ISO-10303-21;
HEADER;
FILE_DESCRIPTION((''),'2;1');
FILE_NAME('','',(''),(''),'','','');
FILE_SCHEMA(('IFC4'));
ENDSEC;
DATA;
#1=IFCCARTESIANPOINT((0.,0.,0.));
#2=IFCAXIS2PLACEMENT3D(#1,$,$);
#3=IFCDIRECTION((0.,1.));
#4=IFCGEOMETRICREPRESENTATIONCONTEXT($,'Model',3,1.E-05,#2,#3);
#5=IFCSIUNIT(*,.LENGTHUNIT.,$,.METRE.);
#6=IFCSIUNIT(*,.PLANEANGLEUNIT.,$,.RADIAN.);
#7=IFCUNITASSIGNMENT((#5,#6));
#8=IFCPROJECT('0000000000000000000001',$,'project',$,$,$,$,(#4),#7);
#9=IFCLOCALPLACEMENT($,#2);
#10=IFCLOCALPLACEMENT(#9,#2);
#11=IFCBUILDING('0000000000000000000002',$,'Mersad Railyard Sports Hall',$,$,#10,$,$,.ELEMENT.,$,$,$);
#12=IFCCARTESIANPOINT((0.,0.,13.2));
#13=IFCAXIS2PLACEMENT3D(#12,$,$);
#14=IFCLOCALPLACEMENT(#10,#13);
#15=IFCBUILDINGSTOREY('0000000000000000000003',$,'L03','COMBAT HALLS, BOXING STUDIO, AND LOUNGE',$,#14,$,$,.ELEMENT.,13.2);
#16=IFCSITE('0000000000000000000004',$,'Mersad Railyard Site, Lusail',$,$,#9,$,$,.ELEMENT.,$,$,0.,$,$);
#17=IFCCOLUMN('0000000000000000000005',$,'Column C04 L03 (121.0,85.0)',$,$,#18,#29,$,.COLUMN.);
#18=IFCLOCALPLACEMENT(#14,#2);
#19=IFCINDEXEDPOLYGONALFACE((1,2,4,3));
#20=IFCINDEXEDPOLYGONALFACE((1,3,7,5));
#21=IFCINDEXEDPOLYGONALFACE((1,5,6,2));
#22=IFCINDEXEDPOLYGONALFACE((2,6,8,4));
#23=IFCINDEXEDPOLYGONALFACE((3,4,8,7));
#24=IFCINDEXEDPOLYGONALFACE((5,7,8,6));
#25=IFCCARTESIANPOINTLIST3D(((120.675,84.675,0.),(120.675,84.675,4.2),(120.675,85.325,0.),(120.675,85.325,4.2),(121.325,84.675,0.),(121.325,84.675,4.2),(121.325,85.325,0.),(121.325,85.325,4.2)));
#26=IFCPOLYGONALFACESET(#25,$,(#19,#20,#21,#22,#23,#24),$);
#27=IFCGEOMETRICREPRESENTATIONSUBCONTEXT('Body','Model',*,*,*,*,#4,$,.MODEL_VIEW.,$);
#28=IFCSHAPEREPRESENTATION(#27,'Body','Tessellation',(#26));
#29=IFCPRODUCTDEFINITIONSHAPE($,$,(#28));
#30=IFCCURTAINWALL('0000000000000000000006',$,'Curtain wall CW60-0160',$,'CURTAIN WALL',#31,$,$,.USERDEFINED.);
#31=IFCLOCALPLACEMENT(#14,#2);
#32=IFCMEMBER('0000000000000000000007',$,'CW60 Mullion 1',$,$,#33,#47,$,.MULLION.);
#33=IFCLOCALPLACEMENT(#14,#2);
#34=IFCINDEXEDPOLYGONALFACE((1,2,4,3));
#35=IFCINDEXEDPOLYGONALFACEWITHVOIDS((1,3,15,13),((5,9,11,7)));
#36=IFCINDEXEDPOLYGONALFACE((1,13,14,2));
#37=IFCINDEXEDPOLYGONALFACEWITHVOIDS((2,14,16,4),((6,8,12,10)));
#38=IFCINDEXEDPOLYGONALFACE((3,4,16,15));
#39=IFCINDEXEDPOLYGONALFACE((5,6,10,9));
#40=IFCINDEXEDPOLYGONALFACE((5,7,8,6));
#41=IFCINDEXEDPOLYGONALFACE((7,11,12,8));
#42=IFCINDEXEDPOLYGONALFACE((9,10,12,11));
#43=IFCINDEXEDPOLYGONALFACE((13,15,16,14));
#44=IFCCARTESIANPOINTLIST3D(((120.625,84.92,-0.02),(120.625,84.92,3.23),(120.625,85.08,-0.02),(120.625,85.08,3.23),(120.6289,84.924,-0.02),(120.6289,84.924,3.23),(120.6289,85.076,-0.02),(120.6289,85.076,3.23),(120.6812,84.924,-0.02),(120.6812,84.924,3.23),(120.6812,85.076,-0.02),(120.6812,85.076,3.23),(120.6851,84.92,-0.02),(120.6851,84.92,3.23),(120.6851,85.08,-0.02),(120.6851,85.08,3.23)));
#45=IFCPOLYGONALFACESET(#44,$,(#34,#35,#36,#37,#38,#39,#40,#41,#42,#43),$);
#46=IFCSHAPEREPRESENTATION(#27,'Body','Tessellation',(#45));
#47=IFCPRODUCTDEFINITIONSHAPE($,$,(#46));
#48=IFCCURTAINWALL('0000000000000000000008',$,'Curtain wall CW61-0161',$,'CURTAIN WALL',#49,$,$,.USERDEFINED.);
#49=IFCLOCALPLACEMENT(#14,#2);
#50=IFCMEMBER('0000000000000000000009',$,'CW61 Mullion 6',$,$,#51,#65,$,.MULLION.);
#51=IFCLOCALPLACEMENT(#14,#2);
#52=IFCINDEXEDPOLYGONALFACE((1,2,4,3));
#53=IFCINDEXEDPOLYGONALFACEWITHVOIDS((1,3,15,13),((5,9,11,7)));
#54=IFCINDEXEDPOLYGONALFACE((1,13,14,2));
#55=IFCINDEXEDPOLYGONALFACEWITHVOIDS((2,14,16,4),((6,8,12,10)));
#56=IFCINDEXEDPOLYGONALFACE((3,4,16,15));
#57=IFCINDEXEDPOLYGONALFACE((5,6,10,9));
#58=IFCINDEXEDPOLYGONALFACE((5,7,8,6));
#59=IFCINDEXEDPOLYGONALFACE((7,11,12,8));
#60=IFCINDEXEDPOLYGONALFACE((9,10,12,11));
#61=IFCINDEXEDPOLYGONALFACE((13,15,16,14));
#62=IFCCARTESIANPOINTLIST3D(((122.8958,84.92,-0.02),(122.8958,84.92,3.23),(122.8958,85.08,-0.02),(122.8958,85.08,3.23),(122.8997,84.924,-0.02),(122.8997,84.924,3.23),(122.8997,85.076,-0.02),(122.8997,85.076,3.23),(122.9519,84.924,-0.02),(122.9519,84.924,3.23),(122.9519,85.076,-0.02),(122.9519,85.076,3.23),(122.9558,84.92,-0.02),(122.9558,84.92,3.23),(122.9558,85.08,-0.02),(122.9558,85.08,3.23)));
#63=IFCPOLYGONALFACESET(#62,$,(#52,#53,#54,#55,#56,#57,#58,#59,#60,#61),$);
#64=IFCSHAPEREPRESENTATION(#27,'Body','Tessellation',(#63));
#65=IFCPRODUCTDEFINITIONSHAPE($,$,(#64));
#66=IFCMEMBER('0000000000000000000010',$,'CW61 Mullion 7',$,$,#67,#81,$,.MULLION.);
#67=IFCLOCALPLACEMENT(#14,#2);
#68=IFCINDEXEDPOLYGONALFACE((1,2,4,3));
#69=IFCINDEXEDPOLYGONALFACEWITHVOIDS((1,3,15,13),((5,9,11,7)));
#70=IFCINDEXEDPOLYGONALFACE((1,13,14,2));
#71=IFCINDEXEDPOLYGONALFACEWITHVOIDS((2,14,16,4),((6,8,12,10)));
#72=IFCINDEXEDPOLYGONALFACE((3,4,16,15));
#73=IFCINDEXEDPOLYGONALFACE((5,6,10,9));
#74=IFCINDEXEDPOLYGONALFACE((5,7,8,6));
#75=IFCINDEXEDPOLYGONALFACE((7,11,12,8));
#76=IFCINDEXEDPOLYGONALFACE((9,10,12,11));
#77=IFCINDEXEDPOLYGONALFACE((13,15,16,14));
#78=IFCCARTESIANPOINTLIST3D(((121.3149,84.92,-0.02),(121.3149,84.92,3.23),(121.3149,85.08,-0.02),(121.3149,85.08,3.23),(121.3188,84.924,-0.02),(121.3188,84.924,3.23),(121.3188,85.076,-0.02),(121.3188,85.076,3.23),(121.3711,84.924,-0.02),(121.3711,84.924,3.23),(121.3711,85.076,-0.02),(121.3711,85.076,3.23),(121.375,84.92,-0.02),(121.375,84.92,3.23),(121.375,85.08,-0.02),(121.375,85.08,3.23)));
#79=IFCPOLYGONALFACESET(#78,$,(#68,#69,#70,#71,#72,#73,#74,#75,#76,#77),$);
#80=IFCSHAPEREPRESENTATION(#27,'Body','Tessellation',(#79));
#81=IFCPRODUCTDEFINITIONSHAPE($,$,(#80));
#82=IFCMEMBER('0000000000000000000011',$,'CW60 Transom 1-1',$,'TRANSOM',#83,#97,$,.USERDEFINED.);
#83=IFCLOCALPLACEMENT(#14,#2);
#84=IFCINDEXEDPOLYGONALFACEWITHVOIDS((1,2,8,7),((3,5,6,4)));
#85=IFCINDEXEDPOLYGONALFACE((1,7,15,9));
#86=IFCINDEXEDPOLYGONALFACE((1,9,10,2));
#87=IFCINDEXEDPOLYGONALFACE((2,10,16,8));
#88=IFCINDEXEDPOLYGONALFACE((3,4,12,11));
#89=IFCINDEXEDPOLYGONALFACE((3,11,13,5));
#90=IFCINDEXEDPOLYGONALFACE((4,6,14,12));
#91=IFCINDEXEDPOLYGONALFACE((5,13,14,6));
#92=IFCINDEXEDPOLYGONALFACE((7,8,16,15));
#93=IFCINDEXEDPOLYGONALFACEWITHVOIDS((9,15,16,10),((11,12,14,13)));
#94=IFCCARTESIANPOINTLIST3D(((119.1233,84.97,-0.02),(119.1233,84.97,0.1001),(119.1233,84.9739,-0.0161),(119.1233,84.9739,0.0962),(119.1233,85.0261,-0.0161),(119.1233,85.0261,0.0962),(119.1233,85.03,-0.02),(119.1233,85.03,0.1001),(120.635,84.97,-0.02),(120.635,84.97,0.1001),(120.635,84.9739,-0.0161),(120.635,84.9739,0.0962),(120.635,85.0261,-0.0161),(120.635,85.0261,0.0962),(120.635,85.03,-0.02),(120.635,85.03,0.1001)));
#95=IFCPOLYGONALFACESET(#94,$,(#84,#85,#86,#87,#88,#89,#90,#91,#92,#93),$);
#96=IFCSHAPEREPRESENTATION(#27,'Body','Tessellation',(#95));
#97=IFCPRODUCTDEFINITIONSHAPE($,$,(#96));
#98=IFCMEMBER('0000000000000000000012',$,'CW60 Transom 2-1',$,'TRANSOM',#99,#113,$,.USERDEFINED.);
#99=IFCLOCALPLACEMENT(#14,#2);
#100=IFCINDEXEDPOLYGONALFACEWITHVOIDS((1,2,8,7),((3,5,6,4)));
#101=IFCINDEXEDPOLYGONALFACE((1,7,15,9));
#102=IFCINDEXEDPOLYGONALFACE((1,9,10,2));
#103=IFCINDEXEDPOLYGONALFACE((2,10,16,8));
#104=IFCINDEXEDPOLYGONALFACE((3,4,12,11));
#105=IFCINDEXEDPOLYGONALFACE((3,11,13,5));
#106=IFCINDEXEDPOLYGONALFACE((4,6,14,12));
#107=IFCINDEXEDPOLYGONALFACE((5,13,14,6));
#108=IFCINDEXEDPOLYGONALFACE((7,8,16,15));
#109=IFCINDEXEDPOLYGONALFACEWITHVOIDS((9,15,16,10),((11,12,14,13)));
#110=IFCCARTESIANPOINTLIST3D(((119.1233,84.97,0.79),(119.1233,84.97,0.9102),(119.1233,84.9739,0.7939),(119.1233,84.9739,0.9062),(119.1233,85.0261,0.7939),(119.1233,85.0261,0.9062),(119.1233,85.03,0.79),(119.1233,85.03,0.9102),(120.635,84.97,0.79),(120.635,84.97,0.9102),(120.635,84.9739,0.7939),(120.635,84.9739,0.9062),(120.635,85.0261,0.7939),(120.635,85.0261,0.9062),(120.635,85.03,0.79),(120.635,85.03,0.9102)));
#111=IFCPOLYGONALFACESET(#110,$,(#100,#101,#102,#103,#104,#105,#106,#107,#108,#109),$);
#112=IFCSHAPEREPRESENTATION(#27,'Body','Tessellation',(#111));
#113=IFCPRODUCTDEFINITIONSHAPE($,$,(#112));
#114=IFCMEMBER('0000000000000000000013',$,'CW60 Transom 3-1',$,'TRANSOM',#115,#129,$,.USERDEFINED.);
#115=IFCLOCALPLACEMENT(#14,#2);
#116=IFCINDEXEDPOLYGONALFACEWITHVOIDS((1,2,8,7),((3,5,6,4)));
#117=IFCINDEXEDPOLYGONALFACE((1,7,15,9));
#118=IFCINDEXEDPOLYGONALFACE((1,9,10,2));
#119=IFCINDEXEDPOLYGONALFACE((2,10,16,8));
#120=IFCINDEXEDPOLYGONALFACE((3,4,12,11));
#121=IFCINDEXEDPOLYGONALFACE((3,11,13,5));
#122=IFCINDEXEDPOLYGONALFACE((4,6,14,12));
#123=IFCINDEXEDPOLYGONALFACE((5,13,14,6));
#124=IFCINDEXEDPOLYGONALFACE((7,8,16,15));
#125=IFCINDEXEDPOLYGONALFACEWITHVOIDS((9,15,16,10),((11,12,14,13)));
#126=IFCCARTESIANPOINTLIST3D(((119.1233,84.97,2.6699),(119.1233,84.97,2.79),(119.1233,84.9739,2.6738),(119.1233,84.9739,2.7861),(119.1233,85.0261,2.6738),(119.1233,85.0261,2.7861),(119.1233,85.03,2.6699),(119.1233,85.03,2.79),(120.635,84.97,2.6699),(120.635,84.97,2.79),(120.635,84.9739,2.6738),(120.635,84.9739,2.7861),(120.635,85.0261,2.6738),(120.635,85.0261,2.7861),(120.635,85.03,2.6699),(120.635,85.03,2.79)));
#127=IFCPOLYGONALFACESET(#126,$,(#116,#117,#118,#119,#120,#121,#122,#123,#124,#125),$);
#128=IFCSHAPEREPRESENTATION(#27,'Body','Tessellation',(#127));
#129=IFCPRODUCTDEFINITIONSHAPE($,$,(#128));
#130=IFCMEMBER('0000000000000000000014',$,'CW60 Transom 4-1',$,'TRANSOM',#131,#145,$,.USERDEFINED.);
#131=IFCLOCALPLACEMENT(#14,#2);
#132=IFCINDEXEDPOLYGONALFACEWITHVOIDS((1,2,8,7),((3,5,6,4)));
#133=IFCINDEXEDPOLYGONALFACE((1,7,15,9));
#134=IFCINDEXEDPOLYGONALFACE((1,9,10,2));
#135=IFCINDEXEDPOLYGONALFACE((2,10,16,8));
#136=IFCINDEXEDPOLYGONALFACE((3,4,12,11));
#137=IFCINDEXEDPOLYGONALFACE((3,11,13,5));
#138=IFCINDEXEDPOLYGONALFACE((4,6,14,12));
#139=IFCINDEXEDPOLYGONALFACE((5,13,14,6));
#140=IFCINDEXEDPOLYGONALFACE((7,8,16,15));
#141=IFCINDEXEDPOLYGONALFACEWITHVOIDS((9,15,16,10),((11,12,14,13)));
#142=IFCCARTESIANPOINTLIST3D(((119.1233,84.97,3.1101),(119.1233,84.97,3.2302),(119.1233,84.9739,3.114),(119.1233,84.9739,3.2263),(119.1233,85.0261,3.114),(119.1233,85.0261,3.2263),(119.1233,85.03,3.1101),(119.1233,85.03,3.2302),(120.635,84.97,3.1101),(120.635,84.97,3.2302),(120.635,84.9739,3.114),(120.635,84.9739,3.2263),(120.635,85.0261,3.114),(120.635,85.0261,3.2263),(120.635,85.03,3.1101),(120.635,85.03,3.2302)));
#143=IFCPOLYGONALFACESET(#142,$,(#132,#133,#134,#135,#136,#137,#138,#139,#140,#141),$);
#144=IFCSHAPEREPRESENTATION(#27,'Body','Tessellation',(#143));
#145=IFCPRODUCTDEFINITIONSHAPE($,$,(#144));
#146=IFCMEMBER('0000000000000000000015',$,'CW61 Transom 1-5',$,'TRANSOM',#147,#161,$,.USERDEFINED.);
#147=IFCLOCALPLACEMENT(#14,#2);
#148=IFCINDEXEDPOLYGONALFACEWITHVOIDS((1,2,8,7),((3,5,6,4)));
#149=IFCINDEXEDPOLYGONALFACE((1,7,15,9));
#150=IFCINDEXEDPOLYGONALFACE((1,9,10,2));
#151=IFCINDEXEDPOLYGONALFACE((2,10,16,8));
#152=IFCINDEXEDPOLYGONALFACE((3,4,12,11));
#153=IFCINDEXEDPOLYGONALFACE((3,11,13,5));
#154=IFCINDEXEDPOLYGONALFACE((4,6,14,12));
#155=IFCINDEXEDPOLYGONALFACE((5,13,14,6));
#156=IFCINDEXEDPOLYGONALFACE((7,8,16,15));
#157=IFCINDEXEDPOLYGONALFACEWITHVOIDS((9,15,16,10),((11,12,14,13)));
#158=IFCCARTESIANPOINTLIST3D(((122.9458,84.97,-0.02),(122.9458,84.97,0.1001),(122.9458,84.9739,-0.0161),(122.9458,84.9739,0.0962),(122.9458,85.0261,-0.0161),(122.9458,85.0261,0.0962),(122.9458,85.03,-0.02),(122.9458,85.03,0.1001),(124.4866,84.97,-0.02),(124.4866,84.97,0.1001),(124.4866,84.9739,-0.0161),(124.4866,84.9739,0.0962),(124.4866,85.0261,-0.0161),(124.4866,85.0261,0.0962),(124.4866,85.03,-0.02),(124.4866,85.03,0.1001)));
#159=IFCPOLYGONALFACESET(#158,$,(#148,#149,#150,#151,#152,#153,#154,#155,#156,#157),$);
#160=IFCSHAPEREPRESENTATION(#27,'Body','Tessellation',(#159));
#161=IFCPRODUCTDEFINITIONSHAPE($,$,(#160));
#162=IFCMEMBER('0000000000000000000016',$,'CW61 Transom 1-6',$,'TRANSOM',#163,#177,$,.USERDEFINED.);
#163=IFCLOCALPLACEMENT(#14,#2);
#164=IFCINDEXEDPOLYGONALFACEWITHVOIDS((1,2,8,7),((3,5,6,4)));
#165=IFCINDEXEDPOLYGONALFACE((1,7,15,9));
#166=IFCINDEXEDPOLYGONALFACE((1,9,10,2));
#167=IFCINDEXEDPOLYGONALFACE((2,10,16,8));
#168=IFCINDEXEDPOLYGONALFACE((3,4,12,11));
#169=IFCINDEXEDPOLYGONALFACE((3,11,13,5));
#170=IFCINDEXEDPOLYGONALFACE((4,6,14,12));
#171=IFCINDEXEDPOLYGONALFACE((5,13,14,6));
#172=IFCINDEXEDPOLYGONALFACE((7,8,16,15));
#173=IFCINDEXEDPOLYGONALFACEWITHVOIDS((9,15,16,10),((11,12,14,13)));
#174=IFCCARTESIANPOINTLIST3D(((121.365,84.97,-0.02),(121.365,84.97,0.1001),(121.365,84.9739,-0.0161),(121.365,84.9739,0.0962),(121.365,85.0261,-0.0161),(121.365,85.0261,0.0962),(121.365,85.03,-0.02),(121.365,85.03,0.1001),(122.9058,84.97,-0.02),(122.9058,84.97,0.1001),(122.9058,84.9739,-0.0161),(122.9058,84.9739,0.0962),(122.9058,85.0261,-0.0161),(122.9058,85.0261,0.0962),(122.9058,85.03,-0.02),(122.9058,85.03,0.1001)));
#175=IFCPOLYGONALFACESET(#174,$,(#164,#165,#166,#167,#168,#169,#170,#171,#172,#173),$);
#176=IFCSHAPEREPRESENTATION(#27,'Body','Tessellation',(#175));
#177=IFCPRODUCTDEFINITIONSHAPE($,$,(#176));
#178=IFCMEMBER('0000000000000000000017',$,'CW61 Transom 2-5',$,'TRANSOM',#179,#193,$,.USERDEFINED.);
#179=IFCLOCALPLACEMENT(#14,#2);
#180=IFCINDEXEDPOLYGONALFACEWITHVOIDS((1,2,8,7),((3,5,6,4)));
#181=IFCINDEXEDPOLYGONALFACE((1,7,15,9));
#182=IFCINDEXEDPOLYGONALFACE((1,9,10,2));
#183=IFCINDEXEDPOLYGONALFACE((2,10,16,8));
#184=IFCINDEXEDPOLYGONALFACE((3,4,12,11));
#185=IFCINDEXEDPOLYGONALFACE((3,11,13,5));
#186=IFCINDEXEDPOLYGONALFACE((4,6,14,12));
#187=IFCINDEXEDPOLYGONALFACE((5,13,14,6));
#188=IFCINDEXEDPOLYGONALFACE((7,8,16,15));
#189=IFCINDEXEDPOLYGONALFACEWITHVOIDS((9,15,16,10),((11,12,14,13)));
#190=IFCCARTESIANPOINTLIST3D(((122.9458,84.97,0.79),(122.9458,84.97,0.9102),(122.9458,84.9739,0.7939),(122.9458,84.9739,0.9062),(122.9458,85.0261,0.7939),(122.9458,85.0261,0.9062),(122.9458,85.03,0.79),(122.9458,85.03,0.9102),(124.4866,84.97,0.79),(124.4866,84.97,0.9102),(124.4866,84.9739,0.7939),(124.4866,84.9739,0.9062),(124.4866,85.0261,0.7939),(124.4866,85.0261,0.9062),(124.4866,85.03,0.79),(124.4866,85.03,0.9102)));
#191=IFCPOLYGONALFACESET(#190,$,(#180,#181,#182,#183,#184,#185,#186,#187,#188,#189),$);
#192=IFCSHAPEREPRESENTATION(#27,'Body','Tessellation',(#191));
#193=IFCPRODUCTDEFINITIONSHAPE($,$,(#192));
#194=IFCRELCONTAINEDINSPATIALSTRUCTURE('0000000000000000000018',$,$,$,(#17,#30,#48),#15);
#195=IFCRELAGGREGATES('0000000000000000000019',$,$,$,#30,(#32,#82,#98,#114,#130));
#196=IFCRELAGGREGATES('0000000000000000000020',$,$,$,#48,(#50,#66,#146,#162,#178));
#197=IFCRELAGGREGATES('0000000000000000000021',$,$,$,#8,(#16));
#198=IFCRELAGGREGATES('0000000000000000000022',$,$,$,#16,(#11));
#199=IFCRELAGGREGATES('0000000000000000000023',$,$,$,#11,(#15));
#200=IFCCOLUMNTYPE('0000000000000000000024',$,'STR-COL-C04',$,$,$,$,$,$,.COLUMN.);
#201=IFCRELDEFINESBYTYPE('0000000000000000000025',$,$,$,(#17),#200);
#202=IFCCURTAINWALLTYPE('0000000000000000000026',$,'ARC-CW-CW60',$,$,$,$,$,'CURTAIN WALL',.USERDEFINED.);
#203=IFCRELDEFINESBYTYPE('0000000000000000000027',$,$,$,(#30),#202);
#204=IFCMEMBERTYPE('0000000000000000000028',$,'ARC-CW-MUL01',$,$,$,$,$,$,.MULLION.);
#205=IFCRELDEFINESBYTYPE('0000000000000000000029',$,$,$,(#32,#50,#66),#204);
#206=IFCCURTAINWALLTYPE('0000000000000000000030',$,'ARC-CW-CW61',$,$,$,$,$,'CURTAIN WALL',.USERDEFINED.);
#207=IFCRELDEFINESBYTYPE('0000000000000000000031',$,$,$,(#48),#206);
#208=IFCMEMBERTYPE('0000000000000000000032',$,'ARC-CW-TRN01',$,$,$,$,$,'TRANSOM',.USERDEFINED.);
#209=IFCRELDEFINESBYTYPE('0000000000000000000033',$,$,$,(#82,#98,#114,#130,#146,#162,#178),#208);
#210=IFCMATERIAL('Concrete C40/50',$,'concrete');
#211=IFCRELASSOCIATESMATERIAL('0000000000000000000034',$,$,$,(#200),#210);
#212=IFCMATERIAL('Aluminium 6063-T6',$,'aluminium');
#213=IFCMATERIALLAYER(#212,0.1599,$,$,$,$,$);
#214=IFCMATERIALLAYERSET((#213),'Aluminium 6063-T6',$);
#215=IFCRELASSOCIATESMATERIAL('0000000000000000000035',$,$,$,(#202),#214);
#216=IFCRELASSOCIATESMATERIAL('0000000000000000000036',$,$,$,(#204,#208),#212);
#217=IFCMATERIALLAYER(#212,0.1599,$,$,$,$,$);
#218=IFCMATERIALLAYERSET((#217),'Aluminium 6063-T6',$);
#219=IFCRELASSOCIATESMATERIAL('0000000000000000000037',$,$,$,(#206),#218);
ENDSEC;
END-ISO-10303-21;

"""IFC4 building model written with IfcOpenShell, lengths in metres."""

from ifc_helpers import new_model, si_unit, direction, frame, origin, origin_2d, place, context, subcontext, project, spatial, rectangle, hollow_rectangle, extrude, material, layer, layer_set, material_profile, profile_set, type_object, element, aggregate, save


model = new_model("IFC4")

# Units and contexts
model_context = context("Model", 3, precision=1e-05, world=origin(), true_north=direction((0.0, 1.0)))
body_context = subcontext(model_context, "Body", "Model", "MODEL_VIEW")
ifc_project = project(units=[si_unit("LENGTHUNIT", "METRE"), si_unit("PLANEANGLEUNIT", "RADIAN")], contexts=[model_context])

# Site, building, storey
site_placement = place(None, origin())
site = spatial("IfcSite", under=ifc_project, at=site_placement, Name="Mersad Railyard Site, Lusail", CompositionType="ELEMENT", RefElevation=0.0)
building_placement = place(site_placement, origin())
building = spatial("IfcBuilding", under=site, at=building_placement, Name="Mersad Railyard Sports Hall", CompositionType="ELEMENT")
storey_placement = place(building_placement, frame((0.0, 0.0, 13.2)))
storey = spatial("IfcBuildingStorey", under=building, at=storey_placement, Name="L03", Description="COMBAT HALLS, BOXING STUDIO, AND LOUNGE", CompositionType="ELEMENT", Elevation=13.2)

# Column
ifc_material_1 = material(Name="Concrete C40/50", Category="concrete")
ifc_material_profile_1 = material_profile(ifc_material_1, rectangle(XDim=0.6499, YDim=0.6499, at=origin_2d()), Name="RC 650x650")
ifc_profile_set_1 = profile_set([ifc_material_profile_1], Name="Concrete C40/50")
column_type = type_object("IfcColumnType", Name="STR-COL-C04", PredefinedType="COLUMN", material=ifc_profile_set_1)
column_placement = place(storey_placement, frame((121.0, 85.0, 0.0), z_axis=(0.0, 0.0, 1.0), x_axis=(1.0, 0.0, 0.0)))
element("IfcColumn", 1, at=column_placement, inside=storey, type_object=column_type, Name="Column C04 L03 (121.0,85.0)", PredefinedType="COLUMN", context=body_context, shape_type="SweptSolid", body=[
    extrude(rectangle(XDim=0.6499, YDim=0.6499, at=origin_2d()), origin(), (0.0, 0.0, 1.0), 4.2),
])

# Curtain wall, member
ifc_material_2 = material(Name="Aluminium 6063-T6", Category="aluminium")
ifc_layer_1 = layer(ifc_material_2, 0.1599)
ifc_layer_set_1 = layer_set([ifc_layer_1], Name="Aluminium 6063-T6")
curtain_wall_type_1 = type_object("IfcCurtainWallType", Name="ARC-CW-CW60", ElementType="CURTAIN WALL", PredefinedType="USERDEFINED", material=ifc_layer_set_1)
curtain_wall_1_placement = place(storey_placement, origin())
curtain_wall_1 = element("IfcCurtainWall", 2, at=curtain_wall_1_placement, inside=storey, type_object=curtain_wall_type_1, Name="Curtain wall CW60-0160", ObjectType="CURTAIN WALL", PredefinedType="USERDEFINED")
ifc_material_profile_2 = material_profile(ifc_material_2, hollow_rectangle(XDim=0.0601, YDim=0.1599, WallThickness=0.0039, at=origin_2d()), Name="AL MULLION 60x160x4")
ifc_profile_set_2 = profile_set([ifc_material_profile_2], Name="Aluminium 6063-T6")
member_type_1 = type_object("IfcMemberType", Name="ARC-CW-MUL01", PredefinedType="MULLION", material=ifc_profile_set_2)
member_1_placement = place(storey_placement, frame((120.655, 85.0, -0.02), z_axis=(0.0, 0.0, 1.0), x_axis=(1.0, 0.0, 0.0)))
member_1 = element("IfcMember", 3, at=member_1_placement, type_object=member_type_1, Name="CW60 Mullion 1", PredefinedType="MULLION", context=body_context, shape_type="SweptSolid", body=[
    extrude(hollow_rectangle(XDim=0.0601, YDim=0.1599, WallThickness=0.0039, at=origin_2d()), origin(), (0.0, 0.0, 1.0), 3.25),
])

# Curtain wall, members
ifc_layer_2 = layer(ifc_material_2, 0.1599)
ifc_layer_set_2 = layer_set([ifc_layer_2], Name="Aluminium 6063-T6")
curtain_wall_type_2 = type_object("IfcCurtainWallType", Name="ARC-CW-CW61", ElementType="CURTAIN WALL", PredefinedType="USERDEFINED", material=ifc_layer_set_2)
curtain_wall_2_placement = place(storey_placement, origin())
curtain_wall_2 = element("IfcCurtainWall", 4, at=curtain_wall_2_placement, inside=storey, type_object=curtain_wall_type_2, Name="Curtain wall CW61-0161", ObjectType="CURTAIN WALL", PredefinedType="USERDEFINED")
member_2_placement = place(storey_placement, frame((122.9258, 85.0, -0.02), z_axis=(0.0, 0.0, 1.0), x_axis=(1.0, 0.0, 0.0)))
member_2 = element("IfcMember", 5, at=member_2_placement, type_object=member_type_1, Name="CW61 Mullion 6", PredefinedType="MULLION", context=body_context, shape_type="SweptSolid", body=[
    extrude(hollow_rectangle(XDim=0.0601, YDim=0.1599, WallThickness=0.0039, at=origin_2d()), origin(), (0.0, 0.0, 1.0), 3.25),
])
member_3_placement = place(storey_placement, frame((121.345, 85.0, -0.02), z_axis=(0.0, 0.0, 1.0), x_axis=(1.0, 0.0, 0.0)))
member_3 = element("IfcMember", 6, at=member_3_placement, type_object=member_type_1, Name="CW61 Mullion 7", PredefinedType="MULLION", context=body_context, shape_type="SweptSolid", body=[
    extrude(hollow_rectangle(XDim=0.0601, YDim=0.1599, WallThickness=0.0039, at=origin_2d()), origin(), (0.0, 0.0, 1.0), 3.25),
])

# Members
ifc_material_profile_3 = material_profile(ifc_material_2, hollow_rectangle(XDim=0.0601, YDim=0.1201, WallThickness=0.0039, at=origin_2d()), Name="AL TRANSOM 60x120x4")
ifc_profile_set_3 = profile_set([ifc_material_profile_3], Name="Aluminium 6063-T6")
member_type_2 = type_object("IfcMemberType", Name="ARC-CW-TRN01", ElementType="TRANSOM", PredefinedType="USERDEFINED", material=ifc_profile_set_3)
member_4_placement = place(storey_placement, frame((120.635, 85.0, 0.04), z_axis=(-1.0, 0.0, 0.0), x_axis=(0.0, -1.0, 0.0)))
member_4 = element("IfcMember", 7, at=member_4_placement, type_object=member_type_2, Name="CW60 Transom 1-1", ObjectType="TRANSOM", PredefinedType="USERDEFINED", context=body_context, shape_type="SweptSolid", body=[
    extrude(hollow_rectangle(XDim=0.0601, YDim=0.1201, WallThickness=0.0039, at=origin_2d()), origin(), (0.0, 0.0, 1.0), 1.5117),
])
member_5_placement = place(storey_placement, frame((120.635, 85.0, 0.8501), z_axis=(-1.0, 0.0, 0.0), x_axis=(0.0, -1.0, 0.0)))
member_5 = element("IfcMember", 8, at=member_5_placement, type_object=member_type_2, Name="CW60 Transom 2-1", ObjectType="TRANSOM", PredefinedType="USERDEFINED", context=body_context, shape_type="SweptSolid", body=[
    extrude(hollow_rectangle(XDim=0.0601, YDim=0.1201, WallThickness=0.0039, at=origin_2d()), origin(), (0.0, 0.0, 1.0), 1.5117),
])
member_6_placement = place(storey_placement, frame((120.635, 85.0, 2.73), z_axis=(-1.0, 0.0, 0.0), x_axis=(0.0, -1.0, 0.0)))
member_6 = element("IfcMember", 9, at=member_6_placement, type_object=member_type_2, Name="CW60 Transom 3-1", ObjectType="TRANSOM", PredefinedType="USERDEFINED", context=body_context, shape_type="SweptSolid", body=[
    extrude(hollow_rectangle(XDim=0.0601, YDim=0.1201, WallThickness=0.0039, at=origin_2d()), origin(), (0.0, 0.0, 1.0), 1.5117),
])
member_7_placement = place(storey_placement, frame((120.635, 85.0, 3.1702), z_axis=(-1.0, 0.0, 0.0), x_axis=(0.0, -1.0, 0.0)))
member_7 = element("IfcMember", 10, at=member_7_placement, type_object=member_type_2, Name="CW60 Transom 4-1", ObjectType="TRANSOM", PredefinedType="USERDEFINED", context=body_context, shape_type="SweptSolid", body=[
    extrude(hollow_rectangle(XDim=0.0601, YDim=0.1201, WallThickness=0.0039, at=origin_2d()), origin(), (0.0, 0.0, 1.0), 1.5117),
])
member_8_placement = place(storey_placement, frame((124.4866, 85.0, 0.04), z_axis=(-1.0, 0.0, 0.0), x_axis=(0.0, -1.0, 0.0)))
member_8 = element("IfcMember", 11, at=member_8_placement, type_object=member_type_2, Name="CW61 Transom 1-5", ObjectType="TRANSOM", PredefinedType="USERDEFINED", context=body_context, shape_type="SweptSolid", body=[
    extrude(hollow_rectangle(XDim=0.0601, YDim=0.1201, WallThickness=0.0039, at=origin_2d()), origin(), (0.0, 0.0, 1.0), 1.5408),
])
member_9_placement = place(storey_placement, frame((122.9058, 85.0, 0.04), z_axis=(-1.0, 0.0, 0.0), x_axis=(0.0, -1.0, 0.0)))
member_9 = element("IfcMember", 12, at=member_9_placement, type_object=member_type_2, Name="CW61 Transom 1-6", ObjectType="TRANSOM", PredefinedType="USERDEFINED", context=body_context, shape_type="SweptSolid", body=[
    extrude(hollow_rectangle(XDim=0.0601, YDim=0.1201, WallThickness=0.0039, at=origin_2d()), origin(), (0.0, 0.0, 1.0), 1.5408),
])
member_10_placement = place(storey_placement, frame((124.4866, 85.0, 0.8501), z_axis=(-1.0, 0.0, 0.0), x_axis=(0.0, -1.0, 0.0)))
member_10 = element("IfcMember", 13, at=member_10_placement, type_object=member_type_2, Name="CW61 Transom 2-5", ObjectType="TRANSOM", PredefinedType="USERDEFINED", context=body_context, shape_type="SweptSolid", body=[
    extrude(hollow_rectangle(XDim=0.0601, YDim=0.1201, WallThickness=0.0039, at=origin_2d()), origin(), (0.0, 0.0, 1.0), 1.5408),
])

aggregate(curtain_wall_1, [member_1, member_4, member_5, member_6, member_7])
aggregate(curtain_wall_2, [member_2, member_3, member_8, member_9, member_10])

save(model, "model.ifc")
